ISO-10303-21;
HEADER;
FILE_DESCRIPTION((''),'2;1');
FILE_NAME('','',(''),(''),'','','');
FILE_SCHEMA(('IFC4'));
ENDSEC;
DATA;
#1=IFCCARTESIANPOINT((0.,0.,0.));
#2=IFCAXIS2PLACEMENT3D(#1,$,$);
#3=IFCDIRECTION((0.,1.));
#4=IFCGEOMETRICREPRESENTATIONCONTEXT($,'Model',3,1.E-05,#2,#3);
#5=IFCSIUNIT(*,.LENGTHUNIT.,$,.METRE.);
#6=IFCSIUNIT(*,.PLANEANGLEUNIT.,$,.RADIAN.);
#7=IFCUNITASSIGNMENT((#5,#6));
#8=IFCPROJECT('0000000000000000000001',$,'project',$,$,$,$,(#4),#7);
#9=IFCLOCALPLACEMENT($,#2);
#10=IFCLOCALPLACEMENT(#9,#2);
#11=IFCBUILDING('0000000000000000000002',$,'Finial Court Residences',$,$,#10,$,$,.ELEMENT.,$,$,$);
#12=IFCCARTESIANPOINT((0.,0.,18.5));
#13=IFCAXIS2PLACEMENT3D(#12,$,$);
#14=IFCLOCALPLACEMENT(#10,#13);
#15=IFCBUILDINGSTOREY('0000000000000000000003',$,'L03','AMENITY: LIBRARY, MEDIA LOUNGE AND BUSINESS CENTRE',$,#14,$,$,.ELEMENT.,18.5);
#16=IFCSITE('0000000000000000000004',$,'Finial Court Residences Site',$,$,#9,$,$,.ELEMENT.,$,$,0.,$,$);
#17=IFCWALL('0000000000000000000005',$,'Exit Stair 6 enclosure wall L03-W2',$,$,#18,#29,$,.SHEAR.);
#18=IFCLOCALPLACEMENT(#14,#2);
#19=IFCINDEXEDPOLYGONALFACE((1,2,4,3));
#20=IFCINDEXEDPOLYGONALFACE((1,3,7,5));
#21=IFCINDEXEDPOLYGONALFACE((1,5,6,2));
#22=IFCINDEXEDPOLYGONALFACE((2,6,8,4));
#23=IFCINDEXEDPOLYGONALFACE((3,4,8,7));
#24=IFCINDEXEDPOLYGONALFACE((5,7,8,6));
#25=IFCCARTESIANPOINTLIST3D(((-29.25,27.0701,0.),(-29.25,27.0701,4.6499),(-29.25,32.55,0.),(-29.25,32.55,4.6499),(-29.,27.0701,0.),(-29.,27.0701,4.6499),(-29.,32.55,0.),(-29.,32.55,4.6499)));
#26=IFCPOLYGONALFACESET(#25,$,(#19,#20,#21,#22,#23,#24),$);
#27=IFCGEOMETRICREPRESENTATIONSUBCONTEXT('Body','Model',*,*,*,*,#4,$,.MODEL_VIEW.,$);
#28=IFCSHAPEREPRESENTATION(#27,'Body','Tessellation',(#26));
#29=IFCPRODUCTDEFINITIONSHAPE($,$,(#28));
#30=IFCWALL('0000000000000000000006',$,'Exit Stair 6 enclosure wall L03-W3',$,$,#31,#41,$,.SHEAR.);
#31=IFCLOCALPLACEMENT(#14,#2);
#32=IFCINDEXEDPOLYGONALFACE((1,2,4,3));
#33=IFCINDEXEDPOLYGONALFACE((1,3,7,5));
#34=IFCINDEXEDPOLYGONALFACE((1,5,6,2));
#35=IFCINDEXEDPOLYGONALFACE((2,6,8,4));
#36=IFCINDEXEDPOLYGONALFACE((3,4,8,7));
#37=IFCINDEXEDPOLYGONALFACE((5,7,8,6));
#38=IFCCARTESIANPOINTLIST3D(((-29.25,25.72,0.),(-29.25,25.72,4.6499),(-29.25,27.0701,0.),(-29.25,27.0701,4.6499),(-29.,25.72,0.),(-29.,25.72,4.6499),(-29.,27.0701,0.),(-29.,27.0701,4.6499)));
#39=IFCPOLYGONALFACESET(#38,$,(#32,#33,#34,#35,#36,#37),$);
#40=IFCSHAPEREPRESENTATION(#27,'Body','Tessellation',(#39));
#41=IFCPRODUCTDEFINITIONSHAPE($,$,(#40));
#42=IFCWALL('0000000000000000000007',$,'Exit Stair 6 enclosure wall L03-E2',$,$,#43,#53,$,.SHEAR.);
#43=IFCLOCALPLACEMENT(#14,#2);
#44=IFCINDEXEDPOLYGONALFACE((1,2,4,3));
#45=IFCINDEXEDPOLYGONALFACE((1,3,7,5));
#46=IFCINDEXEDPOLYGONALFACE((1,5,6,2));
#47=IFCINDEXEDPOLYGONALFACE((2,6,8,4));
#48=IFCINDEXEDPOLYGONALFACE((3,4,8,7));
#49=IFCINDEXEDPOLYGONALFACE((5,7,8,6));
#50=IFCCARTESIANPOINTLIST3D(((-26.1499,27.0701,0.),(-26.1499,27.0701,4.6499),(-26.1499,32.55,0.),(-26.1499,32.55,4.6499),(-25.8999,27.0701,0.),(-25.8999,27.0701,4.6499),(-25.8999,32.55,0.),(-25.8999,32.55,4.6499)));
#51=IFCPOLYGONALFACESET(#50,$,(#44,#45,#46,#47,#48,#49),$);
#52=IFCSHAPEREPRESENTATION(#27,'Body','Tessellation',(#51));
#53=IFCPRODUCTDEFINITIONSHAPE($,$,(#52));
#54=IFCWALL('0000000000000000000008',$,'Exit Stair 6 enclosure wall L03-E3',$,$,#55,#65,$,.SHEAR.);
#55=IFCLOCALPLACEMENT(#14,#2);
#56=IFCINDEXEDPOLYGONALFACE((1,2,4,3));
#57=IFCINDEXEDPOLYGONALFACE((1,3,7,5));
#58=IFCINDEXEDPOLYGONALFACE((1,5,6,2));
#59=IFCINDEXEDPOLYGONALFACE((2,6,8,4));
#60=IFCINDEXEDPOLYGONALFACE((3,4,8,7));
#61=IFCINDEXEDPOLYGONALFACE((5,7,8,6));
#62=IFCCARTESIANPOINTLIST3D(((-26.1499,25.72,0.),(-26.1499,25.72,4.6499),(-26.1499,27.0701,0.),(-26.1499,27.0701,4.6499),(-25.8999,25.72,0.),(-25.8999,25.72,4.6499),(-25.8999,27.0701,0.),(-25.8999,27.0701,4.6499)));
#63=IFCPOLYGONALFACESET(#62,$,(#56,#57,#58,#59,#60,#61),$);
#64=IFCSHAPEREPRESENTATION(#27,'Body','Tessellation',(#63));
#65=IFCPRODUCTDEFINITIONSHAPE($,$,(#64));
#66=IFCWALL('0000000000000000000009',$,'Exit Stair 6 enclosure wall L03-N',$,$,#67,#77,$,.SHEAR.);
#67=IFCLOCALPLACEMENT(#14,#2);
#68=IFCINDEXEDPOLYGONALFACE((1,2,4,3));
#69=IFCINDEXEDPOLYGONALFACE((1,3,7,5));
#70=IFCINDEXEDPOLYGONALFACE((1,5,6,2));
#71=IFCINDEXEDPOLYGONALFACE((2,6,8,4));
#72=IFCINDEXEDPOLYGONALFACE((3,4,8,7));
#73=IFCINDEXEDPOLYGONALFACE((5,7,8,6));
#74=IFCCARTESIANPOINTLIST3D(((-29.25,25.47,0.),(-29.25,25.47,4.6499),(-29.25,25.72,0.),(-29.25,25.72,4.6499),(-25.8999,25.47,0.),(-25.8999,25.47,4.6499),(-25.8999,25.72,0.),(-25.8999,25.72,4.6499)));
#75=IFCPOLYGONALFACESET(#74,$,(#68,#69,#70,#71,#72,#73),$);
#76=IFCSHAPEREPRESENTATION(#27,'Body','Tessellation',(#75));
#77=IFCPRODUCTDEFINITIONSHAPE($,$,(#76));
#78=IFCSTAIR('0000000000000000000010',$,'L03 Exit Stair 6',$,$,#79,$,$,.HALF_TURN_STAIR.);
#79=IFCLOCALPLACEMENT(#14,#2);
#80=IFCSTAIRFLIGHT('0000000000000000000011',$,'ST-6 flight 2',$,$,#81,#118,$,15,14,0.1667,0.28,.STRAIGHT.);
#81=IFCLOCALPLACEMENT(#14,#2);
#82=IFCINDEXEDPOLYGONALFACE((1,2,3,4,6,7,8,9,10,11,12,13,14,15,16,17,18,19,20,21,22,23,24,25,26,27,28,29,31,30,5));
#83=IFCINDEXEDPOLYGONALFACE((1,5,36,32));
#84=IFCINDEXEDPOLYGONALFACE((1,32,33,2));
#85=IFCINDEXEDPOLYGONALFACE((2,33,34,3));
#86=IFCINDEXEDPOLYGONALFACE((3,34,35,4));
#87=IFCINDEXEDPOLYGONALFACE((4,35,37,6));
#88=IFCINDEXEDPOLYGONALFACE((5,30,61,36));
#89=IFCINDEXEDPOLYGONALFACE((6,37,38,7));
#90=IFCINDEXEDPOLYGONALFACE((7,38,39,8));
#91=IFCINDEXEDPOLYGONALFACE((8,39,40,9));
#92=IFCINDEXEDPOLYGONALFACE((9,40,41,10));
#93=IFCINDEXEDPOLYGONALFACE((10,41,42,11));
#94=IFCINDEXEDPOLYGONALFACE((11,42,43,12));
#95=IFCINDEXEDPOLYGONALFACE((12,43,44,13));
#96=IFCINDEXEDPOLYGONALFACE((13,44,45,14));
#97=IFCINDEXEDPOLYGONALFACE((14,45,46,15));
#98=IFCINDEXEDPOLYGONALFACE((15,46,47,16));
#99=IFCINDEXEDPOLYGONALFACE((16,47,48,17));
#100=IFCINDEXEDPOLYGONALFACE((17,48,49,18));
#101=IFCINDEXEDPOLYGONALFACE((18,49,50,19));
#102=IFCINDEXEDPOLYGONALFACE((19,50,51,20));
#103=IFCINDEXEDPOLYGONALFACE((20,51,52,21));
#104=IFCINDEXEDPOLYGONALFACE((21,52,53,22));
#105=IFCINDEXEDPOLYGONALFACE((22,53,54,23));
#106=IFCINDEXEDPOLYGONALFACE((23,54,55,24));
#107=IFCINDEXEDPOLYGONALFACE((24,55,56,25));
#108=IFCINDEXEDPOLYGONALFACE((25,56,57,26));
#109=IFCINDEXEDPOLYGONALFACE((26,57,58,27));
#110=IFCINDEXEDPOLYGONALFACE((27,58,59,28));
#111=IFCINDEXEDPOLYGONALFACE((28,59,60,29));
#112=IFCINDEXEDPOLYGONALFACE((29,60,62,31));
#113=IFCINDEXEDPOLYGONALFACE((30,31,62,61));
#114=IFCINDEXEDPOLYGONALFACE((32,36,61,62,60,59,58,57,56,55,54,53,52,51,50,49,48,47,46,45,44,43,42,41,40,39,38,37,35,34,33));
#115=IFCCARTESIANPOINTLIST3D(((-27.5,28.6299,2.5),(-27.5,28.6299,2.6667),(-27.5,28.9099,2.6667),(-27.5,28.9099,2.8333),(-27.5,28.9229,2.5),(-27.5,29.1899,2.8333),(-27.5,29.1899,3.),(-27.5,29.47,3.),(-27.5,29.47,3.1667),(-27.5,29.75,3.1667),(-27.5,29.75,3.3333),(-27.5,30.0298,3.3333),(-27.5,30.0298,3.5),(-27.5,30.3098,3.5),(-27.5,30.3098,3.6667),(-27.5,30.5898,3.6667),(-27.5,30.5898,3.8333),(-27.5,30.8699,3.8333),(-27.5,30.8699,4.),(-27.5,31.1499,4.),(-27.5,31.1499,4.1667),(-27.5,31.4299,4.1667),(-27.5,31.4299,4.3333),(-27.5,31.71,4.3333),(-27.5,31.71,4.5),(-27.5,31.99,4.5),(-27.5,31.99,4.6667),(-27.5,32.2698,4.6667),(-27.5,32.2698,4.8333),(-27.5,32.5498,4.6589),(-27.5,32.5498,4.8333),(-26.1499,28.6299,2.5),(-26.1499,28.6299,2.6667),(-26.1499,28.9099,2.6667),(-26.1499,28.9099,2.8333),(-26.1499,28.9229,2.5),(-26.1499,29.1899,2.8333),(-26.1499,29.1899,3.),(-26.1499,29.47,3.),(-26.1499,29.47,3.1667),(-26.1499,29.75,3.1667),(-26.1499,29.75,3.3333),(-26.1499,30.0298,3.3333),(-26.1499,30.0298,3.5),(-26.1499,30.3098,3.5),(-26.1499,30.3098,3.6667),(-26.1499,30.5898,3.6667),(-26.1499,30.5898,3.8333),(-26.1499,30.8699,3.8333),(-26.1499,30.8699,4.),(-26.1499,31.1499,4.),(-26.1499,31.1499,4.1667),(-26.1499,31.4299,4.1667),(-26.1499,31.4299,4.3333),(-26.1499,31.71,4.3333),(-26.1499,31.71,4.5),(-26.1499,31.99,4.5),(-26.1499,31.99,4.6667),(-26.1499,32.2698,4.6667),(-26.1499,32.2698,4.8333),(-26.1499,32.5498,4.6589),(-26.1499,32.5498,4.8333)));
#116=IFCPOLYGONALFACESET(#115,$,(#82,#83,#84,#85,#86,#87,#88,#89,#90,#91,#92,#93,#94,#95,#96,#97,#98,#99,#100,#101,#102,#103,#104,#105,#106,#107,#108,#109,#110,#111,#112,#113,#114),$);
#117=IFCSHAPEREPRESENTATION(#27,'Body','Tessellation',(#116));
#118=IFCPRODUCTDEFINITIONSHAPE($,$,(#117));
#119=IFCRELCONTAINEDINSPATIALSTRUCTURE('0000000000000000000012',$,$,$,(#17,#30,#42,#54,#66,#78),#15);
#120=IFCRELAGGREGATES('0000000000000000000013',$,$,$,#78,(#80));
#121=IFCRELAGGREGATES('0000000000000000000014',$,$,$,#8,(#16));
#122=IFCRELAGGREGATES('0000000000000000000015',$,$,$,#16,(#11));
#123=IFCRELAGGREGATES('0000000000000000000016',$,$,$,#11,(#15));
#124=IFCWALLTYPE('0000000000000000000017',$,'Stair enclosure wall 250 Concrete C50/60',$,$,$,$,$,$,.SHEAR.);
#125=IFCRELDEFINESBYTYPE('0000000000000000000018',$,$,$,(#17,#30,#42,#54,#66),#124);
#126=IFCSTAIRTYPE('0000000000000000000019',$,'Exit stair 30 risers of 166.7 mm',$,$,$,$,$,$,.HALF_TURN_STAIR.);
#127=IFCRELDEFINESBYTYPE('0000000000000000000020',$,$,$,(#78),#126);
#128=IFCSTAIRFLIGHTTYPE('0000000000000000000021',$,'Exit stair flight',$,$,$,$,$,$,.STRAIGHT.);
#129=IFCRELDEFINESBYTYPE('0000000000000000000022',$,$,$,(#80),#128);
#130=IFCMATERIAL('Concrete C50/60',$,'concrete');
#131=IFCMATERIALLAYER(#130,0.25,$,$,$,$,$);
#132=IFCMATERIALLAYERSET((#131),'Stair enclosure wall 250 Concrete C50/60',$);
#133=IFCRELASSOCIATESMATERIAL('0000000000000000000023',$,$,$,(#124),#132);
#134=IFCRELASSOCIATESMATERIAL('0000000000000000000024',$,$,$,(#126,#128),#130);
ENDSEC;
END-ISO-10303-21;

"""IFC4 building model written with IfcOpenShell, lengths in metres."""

from ifc_helpers import new_model, si_unit, direction, frame, frame_2d, origin, place, context, subcontext, project, spatial, polyline, rectangle, outline, extrude, material, layer, layer_set, type_object, element, aggregate, save


model = new_model("IFC4")

# Units and contexts
model_context = context("Model", 3, precision=1e-05, world=origin(), true_north=direction((0.0, 1.0)))
body_context = subcontext(model_context, "Body", "Model", "MODEL_VIEW")
ifc_project = project(units=[si_unit("LENGTHUNIT", "METRE"), si_unit("PLANEANGLEUNIT", "RADIAN")], contexts=[model_context])

# Site, building, storey
site_placement = place(None, origin())
site = spatial("IfcSite", under=ifc_project, at=site_placement, Name="Finial Court Residences Site", CompositionType="ELEMENT", RefElevation=0.0)
building_placement = place(site_placement, origin())
building = spatial("IfcBuilding", under=site, at=building_placement, Name="Finial Court Residences", CompositionType="ELEMENT")
storey_placement = place(building_placement, frame((0.0, 0.0, 18.5)))
storey = spatial("IfcBuildingStorey", under=building, at=storey_placement, Name="L03", Description="AMENITY: LIBRARY, MEDIA LOUNGE AND BUSINESS CENTRE", CompositionType="ELEMENT", Elevation=18.5)

# Shared definitions
ifc_material_1 = material(Name="Concrete C50/60", Category="concrete")

# Walls
ifc_layer_1 = layer(ifc_material_1, 0.25)
ifc_layer_set_1 = layer_set([ifc_layer_1], Name="Stair enclosure wall 250 Concrete C50/60")
wall_type_1 = type_object("IfcWallType", Name="Stair enclosure wall 250 Concrete C50/60", PredefinedType="SHEAR", material=ifc_layer_set_1)
wall_1_placement = place(storey_placement, frame((-29.125, 27.0701, 0.0), z_axis=(0.0, 0.0, 1.0), x_axis=(0.0, 1.0, 0.0)))
element("IfcWall", 1, at=wall_1_placement, inside=storey, type_object=wall_type_1, Name="Exit Stair 6 enclosure wall L03-W2", PredefinedType="SHEAR", context=body_context, shape_type="SweptSolid", body=[
    extrude(rectangle(XDim=5.48, YDim=0.25, at=frame_2d((2.74, 0.0))), origin(), (0.0, 0.0, 1.0), 4.6499),
])
wall_2_placement = place(storey_placement, frame((-29.125, 25.72, 0.0), z_axis=(0.0, 0.0, 1.0), x_axis=(0.0, 1.0, 0.0)))
element("IfcWall", 2, at=wall_2_placement, inside=storey, type_object=wall_type_1, Name="Exit Stair 6 enclosure wall L03-W3", PredefinedType="SHEAR", context=body_context, shape_type="SweptSolid", body=[
    extrude(rectangle(XDim=1.3501, YDim=0.25, at=frame_2d((0.675, 0.0))), origin(), (0.0, 0.0, 1.0), 4.6499),
])
wall_3_placement = place(storey_placement, frame((-26.0249, 27.0701, 0.0), z_axis=(0.0, 0.0, 1.0), x_axis=(0.0, 1.0, 0.0)))
element("IfcWall", 3, at=wall_3_placement, inside=storey, type_object=wall_type_1, Name="Exit Stair 6 enclosure wall L03-E2", PredefinedType="SHEAR", context=body_context, shape_type="SweptSolid", body=[
    extrude(rectangle(XDim=5.48, YDim=0.25, at=frame_2d((2.74, 0.0))), origin(), (0.0, 0.0, 1.0), 4.6499),
])
wall_4_placement = place(storey_placement, frame((-26.0249, 25.72, 0.0), z_axis=(0.0, 0.0, 1.0), x_axis=(0.0, 1.0, 0.0)))
element("IfcWall", 4, at=wall_4_placement, inside=storey, type_object=wall_type_1, Name="Exit Stair 6 enclosure wall L03-E3", PredefinedType="SHEAR", context=body_context, shape_type="SweptSolid", body=[
    extrude(rectangle(XDim=1.3501, YDim=0.25, at=frame_2d((0.675, 0.0))), origin(), (0.0, 0.0, 1.0), 4.6499),
])
wall_5_placement = place(storey_placement, frame((-29.25, 25.595, 0.0), z_axis=(0.0, 0.0, 1.0), x_axis=(1.0, 0.0, 0.0)))
element("IfcWall", 5, at=wall_5_placement, inside=storey, type_object=wall_type_1, Name="Exit Stair 6 enclosure wall L03-N", PredefinedType="SHEAR", context=body_context, shape_type="SweptSolid", body=[
    extrude(rectangle(XDim=3.3501, YDim=0.25, at=frame_2d((1.675, 0.0))), origin(), (0.0, 0.0, 1.0), 4.6499),
])

# Stair, stair flight
stair_type = type_object("IfcStairType", Name="Exit stair 30 risers of 166.7 mm", PredefinedType="HALF_TURN_STAIR", material=ifc_material_1)
stair_placement = place(storey_placement, origin())
stair = element("IfcStair", 6, at=stair_placement, inside=storey, type_object=stair_type, Name="L03 Exit Stair 6", PredefinedType="HALF_TURN_STAIR")
stair_flight_type = type_object("IfcStairFlightType", Name="Exit stair flight", PredefinedType="STRAIGHT", material=ifc_material_1)
stair_flight_placement = place(storey_placement, frame((-26.825, 28.6299, 2.5), z_axis=(0.0, 0.0, 1.0), x_axis=(0.0, 1.0, 0.0)))
stair_flight = element("IfcStairFlight", 7, at=stair_flight_placement, type_object=stair_flight_type, Name="ST-6 flight 2", NumberOfRisers=15, NumberOfTreads=14, PredefinedType="STRAIGHT", RiserHeight=0.1667, TreadLength=0.28, context=body_context, shape_type="SweptSolid", body=[
    extrude(outline(polyline([(0.0, 0.0), (0.0, 0.1667), (0.28, 0.1667), (0.28, 0.3333), (0.5601, 0.3333), (0.5601, 0.5), (0.8401, 0.5), (0.8401, 0.6667), (1.1201, 0.6667), (1.1201, 0.8333), (1.3999, 0.8333), (1.3999, 1.0), (1.6799, 1.0), (1.6799, 1.1667), (1.96, 1.1667), (1.96, 1.3333), (2.24, 1.3333), (2.24, 1.5), (2.52, 1.5), (2.52, 1.6667), (2.8, 1.6667), (2.8, 1.8333), (3.0801, 1.8333), (3.0801, 2.0), (3.3601, 2.0), (3.3601, 2.1667), (3.6399, 2.1667), (3.6399, 2.3333), (3.9199, 2.3333), (3.9199, 2.5), (3.9199, 2.1589), (0.293, 0.0), (0.0, 0.0)])), frame((0.0, 0.675, 0.0), z_axis=(0.0, -1.0, 0.0), x_axis=(1.0, 0.0, 0.0)), (0.0, 0.0, 1.0), 1.3501),
])
aggregate(stair, [stair_flight])

save(model, "model.ifc")
